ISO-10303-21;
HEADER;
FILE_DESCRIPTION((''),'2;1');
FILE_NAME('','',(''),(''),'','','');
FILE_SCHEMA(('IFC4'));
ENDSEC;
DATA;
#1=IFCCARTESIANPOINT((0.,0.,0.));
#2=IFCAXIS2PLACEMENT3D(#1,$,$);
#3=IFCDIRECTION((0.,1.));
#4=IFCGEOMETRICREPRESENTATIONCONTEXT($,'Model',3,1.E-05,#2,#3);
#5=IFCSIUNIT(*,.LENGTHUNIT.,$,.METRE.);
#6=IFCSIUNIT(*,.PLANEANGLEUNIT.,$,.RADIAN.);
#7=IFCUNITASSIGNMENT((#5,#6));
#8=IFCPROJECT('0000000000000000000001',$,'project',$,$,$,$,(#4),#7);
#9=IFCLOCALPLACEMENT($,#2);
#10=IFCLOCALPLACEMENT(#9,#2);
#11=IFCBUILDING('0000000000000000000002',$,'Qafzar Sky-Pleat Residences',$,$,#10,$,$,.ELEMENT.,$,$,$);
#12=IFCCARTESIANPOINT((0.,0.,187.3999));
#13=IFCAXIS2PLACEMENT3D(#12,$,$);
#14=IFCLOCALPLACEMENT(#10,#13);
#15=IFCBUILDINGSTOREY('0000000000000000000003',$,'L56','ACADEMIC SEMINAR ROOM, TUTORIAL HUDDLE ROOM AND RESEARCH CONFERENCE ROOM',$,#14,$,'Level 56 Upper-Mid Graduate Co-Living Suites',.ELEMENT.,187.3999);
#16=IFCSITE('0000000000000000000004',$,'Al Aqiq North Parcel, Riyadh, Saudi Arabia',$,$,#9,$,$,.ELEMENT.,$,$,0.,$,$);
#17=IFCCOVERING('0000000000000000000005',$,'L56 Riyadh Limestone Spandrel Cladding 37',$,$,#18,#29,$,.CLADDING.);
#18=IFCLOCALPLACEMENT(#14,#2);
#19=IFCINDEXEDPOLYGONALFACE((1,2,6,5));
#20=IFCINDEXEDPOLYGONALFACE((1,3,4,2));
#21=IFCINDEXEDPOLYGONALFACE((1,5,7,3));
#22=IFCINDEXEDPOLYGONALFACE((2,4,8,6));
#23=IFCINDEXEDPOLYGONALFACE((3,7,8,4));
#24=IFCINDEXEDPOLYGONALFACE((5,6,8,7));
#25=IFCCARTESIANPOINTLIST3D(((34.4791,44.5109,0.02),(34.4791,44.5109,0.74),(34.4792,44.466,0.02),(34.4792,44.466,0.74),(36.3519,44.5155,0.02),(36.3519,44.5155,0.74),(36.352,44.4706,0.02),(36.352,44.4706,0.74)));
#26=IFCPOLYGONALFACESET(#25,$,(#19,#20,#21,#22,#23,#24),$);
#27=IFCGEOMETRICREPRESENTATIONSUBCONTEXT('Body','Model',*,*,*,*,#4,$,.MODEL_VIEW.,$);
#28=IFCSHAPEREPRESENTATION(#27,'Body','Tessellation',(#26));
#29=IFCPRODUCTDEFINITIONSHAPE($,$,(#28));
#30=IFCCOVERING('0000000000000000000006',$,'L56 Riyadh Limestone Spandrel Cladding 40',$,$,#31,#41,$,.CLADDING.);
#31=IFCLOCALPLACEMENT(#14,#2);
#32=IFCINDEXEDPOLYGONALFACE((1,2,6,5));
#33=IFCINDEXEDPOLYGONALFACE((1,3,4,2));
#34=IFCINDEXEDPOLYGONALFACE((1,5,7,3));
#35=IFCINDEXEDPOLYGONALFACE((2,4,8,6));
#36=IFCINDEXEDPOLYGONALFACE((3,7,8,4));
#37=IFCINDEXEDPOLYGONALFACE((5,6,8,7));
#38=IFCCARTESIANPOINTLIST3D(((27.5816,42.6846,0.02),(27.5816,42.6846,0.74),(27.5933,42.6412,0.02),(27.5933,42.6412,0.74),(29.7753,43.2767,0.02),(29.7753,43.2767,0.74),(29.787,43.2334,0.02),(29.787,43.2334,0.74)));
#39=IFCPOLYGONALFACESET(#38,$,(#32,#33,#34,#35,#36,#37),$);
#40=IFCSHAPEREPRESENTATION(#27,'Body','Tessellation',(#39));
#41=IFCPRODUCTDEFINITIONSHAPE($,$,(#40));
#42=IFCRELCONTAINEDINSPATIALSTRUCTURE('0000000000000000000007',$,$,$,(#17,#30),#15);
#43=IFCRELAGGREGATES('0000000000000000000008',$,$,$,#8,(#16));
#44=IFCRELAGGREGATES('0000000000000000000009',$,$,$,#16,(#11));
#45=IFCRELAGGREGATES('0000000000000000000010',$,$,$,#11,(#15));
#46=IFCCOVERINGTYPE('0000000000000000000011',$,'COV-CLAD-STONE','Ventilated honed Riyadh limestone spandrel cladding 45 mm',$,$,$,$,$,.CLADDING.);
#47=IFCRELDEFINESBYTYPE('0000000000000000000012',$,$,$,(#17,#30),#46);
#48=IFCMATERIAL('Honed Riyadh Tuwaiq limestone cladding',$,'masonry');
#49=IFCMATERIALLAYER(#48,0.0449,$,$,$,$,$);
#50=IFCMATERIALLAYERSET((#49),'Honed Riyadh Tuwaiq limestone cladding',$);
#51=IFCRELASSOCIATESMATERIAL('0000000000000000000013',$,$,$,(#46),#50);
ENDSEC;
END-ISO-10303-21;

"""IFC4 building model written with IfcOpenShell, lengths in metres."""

from ifc_helpers import new_model, si_unit, direction, frame, origin, origin_2d, place, context, subcontext, project, spatial, rectangle, extrude, source, transform, mapped, material, layer, layer_set, type_object, element, save


model = new_model("IFC4")

# Units and contexts
model_context = context("Model", 3, precision=1e-05, world=origin(), true_north=direction((0.0, 1.0)))
body_context = subcontext(model_context, "Body", "Model", "MODEL_VIEW")
ifc_project = project(units=[si_unit("LENGTHUNIT", "METRE"), si_unit("PLANEANGLEUNIT", "RADIAN")], contexts=[model_context])

# Site, building, storey
site_placement = place(None, origin())
site = spatial("IfcSite", under=ifc_project, at=site_placement, Name="Al Aqiq North Parcel, Riyadh, Saudi Arabia", CompositionType="ELEMENT", RefElevation=0.0)
building_placement = place(site_placement, origin())
building = spatial("IfcBuilding", under=site, at=building_placement, Name="Qafzar Sky-Pleat Residences", CompositionType="ELEMENT")
storey_placement = place(building_placement, frame((0.0, 0.0, 187.3999)))
storey = spatial("IfcBuildingStorey", under=building, at=storey_placement, Name="L56", Description="ACADEMIC SEMINAR ROOM, TUTORIAL HUDDLE ROOM AND RESEARCH CONFERENCE ROOM", LongName="Level 56 Upper-Mid Graduate Co-Living Suites", CompositionType="ELEMENT", Elevation=187.3999)

# Covering
ifc_material_1 = material(Name="Honed Riyadh Tuwaiq limestone cladding", Category="masonry")
ifc_layer_1 = layer(ifc_material_1, 0.0449)
ifc_layer_set_1 = layer_set([ifc_layer_1], Name="Honed Riyadh Tuwaiq limestone cladding")
covering_type = type_object("IfcCoveringType", Name="COV-CLAD-STONE", Description="Ventilated honed Riyadh limestone spandrel cladding 45 mm", PredefinedType="CLADDING", material=ifc_layer_set_1)
shared_shape_1 = source(origin(), body_context, "Body", "SweptSolid", [
    extrude(rectangle(XDim=1.8728, YDim=0.0449, at=origin_2d()), origin(), (0.0, 0.0, 1.0), 0.72),
])
covering_1_placement = place(storey_placement, frame((35.4155, 44.4907, 0.02), z_axis=(0.0, 0.0, 1.0), x_axis=(-0.999997, -0.002451, 0.0)))
element("IfcCovering", 1, at=covering_1_placement, inside=storey, type_object=covering_type, Name="L56 Riyadh Limestone Spandrel Cladding 37", PredefinedType="CLADDING", context=body_context, shape_type="MappedRepresentation", body=[
    mapped(shared_shape_1, transform((0.0, 0.0, 0.0), x_axis=(1.0, 0.0, 0.0), y_axis=(0.0, 1.0, 0.0), z_axis=(0.0, 0.0, 1.0), scale=1.0)),
])

# Covering
shared_shape_2 = source(origin(), body_context, "Body", "SweptSolid", [
    extrude(rectangle(XDim=2.2722, YDim=0.0449, at=origin_2d()), origin(), (0.0, 0.0, 1.0), 0.72),
])
covering_2_placement = place(storey_placement, frame((28.6843, 42.959, 0.02), z_axis=(0.0, 0.0, 1.0), x_axis=(-0.965446, -0.260603, 0.0)))
element("IfcCovering", 2, at=covering_2_placement, inside=storey, type_object=covering_type, Name="L56 Riyadh Limestone Spandrel Cladding 40", PredefinedType="CLADDING", context=body_context, shape_type="MappedRepresentation", body=[
    mapped(shared_shape_2, transform((0.0, 0.0, 0.0), x_axis=(1.0, 0.0, 0.0), y_axis=(0.0, 1.0, 0.0), z_axis=(0.0, 0.0, 1.0), scale=1.0)),
])

save(model, "model.ifc")
